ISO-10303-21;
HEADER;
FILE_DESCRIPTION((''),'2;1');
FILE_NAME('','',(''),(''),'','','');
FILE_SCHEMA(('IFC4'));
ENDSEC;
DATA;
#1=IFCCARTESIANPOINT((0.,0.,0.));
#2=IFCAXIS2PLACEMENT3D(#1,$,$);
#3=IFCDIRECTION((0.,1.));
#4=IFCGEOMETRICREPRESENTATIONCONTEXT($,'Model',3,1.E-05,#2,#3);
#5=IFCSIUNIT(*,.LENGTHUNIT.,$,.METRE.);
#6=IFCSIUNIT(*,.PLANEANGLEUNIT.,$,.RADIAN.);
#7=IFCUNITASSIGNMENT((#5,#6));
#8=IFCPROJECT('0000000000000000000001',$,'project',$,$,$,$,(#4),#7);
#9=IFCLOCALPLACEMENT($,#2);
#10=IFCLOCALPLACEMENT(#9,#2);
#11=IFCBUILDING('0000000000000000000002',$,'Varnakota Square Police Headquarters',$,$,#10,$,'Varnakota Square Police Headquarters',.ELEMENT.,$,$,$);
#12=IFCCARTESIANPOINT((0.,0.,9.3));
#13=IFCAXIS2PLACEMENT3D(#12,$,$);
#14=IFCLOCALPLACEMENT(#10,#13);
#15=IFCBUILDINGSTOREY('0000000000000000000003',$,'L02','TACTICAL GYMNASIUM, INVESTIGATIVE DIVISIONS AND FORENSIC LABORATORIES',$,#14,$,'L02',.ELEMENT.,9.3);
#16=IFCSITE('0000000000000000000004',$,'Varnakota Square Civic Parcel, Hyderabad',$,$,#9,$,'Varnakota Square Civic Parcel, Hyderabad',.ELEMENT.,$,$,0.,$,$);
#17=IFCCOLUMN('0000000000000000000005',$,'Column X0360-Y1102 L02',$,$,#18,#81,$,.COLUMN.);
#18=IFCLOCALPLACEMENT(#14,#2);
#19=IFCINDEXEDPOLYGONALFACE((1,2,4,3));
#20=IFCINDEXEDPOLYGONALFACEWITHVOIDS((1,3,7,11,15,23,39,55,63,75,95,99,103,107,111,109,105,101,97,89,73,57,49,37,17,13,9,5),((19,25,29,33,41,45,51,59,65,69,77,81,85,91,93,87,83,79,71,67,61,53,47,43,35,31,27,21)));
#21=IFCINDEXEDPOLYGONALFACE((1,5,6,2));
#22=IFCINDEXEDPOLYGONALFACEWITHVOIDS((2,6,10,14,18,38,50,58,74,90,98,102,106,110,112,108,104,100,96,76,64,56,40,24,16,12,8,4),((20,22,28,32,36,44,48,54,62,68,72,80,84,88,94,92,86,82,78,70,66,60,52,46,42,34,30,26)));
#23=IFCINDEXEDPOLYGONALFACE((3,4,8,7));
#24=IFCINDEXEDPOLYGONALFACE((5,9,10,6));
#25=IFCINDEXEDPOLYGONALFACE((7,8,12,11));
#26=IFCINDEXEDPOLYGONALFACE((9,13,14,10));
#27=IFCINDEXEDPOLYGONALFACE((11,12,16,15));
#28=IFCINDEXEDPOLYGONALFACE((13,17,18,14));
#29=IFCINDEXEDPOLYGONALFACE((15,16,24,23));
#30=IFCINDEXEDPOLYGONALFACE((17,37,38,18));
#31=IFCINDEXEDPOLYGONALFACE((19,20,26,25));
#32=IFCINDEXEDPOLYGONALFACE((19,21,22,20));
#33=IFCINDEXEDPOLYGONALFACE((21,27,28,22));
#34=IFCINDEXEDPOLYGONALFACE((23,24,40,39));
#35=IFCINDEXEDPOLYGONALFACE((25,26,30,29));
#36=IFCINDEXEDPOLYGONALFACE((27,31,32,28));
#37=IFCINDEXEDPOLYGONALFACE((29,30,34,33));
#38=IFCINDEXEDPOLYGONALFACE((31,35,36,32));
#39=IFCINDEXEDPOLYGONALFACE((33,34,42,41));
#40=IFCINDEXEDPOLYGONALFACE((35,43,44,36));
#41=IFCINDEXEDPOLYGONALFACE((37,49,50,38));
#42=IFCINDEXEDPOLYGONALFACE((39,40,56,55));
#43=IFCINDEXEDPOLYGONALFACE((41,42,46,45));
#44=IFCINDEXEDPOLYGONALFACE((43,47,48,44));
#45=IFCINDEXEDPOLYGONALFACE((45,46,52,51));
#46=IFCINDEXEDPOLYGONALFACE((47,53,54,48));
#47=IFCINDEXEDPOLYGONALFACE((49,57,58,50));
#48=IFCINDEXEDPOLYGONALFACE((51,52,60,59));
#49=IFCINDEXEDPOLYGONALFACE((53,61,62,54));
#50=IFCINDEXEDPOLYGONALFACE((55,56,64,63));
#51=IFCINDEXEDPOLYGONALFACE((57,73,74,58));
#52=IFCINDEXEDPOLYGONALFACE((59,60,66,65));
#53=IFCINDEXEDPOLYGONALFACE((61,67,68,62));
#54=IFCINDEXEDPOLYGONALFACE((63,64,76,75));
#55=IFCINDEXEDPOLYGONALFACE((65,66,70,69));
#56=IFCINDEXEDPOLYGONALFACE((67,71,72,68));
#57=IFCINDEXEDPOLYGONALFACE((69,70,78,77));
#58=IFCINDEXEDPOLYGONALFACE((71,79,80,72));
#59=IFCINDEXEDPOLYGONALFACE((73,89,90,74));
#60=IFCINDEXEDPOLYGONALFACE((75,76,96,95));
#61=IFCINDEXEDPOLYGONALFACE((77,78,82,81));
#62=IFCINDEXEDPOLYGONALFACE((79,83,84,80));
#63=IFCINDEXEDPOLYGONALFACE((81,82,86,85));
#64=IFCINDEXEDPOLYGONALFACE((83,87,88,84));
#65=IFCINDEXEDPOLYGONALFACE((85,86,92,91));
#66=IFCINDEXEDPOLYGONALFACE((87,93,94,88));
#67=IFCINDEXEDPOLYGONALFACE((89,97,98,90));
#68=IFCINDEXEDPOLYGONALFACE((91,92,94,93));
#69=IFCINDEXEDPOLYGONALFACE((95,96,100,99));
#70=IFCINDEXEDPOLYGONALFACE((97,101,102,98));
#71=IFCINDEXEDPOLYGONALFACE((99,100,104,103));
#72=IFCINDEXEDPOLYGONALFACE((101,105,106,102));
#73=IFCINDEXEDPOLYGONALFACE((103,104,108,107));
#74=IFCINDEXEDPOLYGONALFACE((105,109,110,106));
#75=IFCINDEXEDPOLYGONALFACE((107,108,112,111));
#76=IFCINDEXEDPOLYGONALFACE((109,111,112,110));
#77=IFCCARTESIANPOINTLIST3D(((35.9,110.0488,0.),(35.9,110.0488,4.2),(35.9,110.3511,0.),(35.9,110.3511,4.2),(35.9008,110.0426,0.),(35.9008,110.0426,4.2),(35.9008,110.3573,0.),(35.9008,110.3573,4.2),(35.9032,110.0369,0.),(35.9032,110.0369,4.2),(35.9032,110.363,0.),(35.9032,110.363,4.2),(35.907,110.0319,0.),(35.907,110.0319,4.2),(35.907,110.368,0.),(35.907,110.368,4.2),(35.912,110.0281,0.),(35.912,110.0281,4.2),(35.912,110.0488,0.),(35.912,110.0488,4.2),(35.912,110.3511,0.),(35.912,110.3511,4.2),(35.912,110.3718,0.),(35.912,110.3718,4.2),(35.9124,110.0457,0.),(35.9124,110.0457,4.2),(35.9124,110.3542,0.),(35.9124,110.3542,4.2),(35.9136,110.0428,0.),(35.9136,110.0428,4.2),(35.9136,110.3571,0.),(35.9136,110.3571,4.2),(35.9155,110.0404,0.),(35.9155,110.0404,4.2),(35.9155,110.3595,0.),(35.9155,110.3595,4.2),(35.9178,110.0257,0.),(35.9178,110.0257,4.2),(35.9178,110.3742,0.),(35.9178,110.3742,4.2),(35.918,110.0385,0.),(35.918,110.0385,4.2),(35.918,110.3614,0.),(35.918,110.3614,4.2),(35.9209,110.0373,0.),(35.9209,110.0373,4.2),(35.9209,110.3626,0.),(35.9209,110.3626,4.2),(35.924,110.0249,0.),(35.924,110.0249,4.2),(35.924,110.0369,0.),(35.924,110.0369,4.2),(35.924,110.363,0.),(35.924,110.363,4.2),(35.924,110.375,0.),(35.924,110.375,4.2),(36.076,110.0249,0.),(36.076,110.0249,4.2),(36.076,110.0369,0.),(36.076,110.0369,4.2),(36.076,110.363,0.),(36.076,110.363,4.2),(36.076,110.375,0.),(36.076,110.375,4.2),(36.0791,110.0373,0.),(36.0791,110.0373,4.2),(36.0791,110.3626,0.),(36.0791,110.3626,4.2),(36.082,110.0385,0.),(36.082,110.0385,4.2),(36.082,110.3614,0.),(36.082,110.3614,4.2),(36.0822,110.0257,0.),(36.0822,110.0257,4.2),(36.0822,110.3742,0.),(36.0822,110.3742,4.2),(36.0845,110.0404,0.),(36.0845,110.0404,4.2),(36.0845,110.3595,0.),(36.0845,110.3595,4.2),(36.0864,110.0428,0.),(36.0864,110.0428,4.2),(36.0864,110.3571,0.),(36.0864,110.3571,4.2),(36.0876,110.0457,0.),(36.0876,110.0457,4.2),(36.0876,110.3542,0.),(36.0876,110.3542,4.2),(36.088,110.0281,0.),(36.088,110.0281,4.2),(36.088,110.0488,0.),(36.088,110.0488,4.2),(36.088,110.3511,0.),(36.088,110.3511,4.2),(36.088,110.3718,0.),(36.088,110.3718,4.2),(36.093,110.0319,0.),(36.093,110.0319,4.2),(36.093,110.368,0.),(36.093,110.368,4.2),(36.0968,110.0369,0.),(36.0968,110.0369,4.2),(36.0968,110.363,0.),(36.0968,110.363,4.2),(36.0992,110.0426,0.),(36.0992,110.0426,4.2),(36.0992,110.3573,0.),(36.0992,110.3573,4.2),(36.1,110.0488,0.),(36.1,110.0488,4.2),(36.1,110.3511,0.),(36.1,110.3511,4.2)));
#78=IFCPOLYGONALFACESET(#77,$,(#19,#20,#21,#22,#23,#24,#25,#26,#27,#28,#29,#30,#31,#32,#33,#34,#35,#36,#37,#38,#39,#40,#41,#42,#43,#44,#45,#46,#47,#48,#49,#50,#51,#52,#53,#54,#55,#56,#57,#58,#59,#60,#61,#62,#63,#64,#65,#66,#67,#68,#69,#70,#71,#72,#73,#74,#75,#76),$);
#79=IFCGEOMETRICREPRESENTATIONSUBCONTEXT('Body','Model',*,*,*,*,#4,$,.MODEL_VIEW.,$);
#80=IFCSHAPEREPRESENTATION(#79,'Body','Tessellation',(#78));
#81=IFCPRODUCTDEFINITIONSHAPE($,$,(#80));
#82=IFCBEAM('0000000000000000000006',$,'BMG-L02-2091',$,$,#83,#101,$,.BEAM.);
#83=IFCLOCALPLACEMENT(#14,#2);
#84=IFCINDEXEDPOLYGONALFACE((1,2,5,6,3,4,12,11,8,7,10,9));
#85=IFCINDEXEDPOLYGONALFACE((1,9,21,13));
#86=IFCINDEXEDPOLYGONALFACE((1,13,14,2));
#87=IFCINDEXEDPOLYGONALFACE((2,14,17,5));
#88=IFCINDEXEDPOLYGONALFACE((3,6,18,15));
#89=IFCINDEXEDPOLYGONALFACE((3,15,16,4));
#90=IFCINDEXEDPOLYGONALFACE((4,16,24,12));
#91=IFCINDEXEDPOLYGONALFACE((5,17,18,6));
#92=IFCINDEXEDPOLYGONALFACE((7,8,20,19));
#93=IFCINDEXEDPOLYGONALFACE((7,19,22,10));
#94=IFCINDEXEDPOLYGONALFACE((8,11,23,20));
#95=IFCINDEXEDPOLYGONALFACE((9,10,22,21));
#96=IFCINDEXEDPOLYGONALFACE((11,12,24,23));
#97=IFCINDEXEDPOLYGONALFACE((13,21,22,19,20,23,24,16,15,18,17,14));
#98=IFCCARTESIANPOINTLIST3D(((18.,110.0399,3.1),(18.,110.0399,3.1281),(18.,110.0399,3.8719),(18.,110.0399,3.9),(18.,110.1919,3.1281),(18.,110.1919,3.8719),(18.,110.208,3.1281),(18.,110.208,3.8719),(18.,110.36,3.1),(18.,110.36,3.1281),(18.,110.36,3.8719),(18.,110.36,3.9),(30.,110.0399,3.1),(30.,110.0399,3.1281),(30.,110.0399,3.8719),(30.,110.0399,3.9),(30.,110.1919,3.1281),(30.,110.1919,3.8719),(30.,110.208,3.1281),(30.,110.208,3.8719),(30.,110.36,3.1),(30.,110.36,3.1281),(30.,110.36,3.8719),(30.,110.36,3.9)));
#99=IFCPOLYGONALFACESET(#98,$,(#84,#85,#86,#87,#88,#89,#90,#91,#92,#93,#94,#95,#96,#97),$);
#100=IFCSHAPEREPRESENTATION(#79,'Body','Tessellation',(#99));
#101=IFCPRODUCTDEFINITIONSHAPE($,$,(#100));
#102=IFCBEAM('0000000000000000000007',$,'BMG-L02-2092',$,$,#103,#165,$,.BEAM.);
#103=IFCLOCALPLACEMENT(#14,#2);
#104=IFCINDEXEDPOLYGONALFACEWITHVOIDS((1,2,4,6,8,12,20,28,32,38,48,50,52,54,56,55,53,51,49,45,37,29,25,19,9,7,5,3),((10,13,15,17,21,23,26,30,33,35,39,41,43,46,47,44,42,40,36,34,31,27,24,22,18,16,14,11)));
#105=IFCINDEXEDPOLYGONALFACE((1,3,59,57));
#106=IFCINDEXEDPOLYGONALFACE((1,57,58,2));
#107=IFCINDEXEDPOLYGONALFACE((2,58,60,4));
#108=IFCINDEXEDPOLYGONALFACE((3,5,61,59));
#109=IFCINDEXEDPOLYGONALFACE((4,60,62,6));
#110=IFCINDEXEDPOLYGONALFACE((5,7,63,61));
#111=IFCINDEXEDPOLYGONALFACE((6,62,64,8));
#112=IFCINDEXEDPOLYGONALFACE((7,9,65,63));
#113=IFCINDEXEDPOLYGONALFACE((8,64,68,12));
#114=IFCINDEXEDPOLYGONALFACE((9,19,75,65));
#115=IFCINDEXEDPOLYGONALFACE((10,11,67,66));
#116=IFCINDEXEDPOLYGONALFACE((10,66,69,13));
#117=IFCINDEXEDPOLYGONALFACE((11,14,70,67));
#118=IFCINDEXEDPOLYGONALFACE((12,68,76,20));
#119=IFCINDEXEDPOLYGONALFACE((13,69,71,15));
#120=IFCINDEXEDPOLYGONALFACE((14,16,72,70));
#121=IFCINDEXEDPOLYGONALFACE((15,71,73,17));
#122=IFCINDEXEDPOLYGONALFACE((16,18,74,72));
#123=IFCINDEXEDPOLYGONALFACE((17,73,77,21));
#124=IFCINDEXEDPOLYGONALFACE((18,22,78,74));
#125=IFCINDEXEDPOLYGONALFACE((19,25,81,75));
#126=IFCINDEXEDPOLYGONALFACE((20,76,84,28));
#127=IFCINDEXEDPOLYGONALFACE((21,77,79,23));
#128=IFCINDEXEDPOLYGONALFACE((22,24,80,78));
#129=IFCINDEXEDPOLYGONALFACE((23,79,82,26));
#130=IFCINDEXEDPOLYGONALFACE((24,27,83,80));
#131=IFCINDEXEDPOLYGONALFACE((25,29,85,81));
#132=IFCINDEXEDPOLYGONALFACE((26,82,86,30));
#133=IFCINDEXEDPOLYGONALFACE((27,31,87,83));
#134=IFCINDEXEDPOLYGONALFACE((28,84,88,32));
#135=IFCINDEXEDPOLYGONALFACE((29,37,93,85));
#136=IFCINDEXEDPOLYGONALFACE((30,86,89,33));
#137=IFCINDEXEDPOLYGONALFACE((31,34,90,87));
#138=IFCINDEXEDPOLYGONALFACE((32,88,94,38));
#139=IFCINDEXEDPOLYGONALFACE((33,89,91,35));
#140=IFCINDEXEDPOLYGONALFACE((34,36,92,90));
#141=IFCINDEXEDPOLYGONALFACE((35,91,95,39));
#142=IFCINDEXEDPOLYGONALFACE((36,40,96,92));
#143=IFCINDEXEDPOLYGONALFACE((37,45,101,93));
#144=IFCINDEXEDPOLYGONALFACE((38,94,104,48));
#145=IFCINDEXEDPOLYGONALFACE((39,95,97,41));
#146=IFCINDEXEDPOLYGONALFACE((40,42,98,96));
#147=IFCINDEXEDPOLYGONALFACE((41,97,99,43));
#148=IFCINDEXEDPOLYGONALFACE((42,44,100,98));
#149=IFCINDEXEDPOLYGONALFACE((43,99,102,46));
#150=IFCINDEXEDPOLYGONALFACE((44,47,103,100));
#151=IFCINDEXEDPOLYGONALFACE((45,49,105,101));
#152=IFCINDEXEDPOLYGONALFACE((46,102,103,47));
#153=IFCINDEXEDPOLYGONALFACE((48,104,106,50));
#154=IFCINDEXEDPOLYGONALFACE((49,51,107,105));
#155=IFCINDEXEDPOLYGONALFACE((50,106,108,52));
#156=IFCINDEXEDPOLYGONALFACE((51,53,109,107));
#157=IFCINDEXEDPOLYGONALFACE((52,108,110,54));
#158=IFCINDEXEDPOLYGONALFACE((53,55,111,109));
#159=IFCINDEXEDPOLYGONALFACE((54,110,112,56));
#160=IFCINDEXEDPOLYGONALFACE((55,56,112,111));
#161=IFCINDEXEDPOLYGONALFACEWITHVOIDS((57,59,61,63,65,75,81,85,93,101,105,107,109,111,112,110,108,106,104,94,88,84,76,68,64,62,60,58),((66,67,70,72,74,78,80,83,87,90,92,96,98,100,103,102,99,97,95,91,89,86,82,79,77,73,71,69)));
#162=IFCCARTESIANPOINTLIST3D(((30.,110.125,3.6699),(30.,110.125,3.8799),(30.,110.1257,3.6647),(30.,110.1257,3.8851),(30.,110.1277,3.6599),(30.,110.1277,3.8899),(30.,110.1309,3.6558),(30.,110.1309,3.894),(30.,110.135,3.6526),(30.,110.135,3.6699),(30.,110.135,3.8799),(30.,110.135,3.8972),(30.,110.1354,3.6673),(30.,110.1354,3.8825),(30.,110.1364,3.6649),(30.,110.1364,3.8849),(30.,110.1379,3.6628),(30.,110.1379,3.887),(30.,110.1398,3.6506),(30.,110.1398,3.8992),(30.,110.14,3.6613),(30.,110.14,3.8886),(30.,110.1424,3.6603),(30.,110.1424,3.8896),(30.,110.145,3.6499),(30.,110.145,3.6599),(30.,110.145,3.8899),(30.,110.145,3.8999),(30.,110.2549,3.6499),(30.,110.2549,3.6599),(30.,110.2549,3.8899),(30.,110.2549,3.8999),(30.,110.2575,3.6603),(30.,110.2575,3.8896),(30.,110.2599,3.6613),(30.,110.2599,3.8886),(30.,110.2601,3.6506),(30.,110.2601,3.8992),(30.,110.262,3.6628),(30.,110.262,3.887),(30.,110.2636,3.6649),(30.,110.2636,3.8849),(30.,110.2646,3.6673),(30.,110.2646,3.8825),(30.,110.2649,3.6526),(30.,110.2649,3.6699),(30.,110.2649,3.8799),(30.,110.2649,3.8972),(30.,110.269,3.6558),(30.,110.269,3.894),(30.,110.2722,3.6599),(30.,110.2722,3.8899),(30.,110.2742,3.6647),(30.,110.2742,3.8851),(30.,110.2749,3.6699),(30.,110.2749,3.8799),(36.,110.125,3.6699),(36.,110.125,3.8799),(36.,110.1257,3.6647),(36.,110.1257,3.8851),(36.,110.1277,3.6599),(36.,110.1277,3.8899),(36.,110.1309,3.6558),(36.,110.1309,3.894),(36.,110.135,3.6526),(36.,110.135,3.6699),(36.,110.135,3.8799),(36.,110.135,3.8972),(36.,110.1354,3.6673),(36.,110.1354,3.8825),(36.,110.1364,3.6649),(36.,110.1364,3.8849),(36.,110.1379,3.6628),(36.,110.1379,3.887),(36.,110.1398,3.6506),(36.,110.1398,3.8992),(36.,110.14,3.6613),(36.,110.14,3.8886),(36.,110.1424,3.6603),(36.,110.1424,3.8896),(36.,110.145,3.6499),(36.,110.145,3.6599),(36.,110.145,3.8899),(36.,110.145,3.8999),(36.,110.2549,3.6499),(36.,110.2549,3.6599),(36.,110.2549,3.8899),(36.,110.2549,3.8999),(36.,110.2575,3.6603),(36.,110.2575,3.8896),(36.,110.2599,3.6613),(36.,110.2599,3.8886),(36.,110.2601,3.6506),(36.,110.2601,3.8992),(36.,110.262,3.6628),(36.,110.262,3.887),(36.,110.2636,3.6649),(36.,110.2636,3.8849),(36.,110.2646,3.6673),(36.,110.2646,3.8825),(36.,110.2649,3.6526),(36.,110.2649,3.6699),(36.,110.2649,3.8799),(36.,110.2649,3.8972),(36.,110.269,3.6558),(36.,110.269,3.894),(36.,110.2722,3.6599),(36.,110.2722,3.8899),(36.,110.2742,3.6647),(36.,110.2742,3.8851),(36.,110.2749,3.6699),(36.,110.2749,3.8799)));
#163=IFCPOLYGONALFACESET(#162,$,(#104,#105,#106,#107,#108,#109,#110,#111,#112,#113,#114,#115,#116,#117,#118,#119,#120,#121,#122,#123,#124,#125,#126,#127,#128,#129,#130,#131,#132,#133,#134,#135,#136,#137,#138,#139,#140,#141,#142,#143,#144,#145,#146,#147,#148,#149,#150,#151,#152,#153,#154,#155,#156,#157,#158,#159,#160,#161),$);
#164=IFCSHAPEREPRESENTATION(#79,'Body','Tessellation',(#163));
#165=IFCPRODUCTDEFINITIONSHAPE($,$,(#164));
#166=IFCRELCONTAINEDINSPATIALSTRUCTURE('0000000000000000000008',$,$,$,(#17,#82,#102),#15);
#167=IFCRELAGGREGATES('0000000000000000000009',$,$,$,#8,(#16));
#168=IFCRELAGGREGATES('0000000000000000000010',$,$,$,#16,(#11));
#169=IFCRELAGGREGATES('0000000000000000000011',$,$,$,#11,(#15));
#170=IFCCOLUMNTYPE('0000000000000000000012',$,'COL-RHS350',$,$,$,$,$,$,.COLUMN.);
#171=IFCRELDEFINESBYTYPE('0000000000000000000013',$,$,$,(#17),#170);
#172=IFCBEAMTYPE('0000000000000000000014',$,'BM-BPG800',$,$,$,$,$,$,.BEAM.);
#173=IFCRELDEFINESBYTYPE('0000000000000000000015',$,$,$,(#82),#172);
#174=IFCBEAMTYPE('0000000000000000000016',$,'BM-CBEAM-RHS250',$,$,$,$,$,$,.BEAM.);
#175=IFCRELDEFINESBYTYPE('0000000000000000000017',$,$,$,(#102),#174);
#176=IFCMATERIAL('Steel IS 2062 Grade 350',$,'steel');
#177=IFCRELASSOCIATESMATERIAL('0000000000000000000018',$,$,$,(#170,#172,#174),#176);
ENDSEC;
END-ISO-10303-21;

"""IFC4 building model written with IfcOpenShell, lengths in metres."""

from ifc_helpers import new_model, si_unit, direction, frame, origin, origin_2d, place, context, subcontext, project, spatial, hollow_rectangle, i_section, extrude, material, material_profile, profile_set, type_object, element, save


model = new_model("IFC4")

# Units and contexts
model_context = context("Model", 3, precision=1e-05, world=origin(), true_north=direction((0.0, 1.0)))
body_context = subcontext(model_context, "Body", "Model", "MODEL_VIEW")
ifc_project = project(units=[si_unit("LENGTHUNIT", "METRE"), si_unit("PLANEANGLEUNIT", "RADIAN")], contexts=[model_context])

# Site, building, storey
site_placement = place(None, origin())
site = spatial("IfcSite", under=ifc_project, at=site_placement, Name="Varnakota Square Civic Parcel, Hyderabad", LongName="Varnakota Square Civic Parcel, Hyderabad", CompositionType="ELEMENT", RefElevation=0.0)
building_placement = place(site_placement, origin())
building = spatial("IfcBuilding", under=site, at=building_placement, Name="Varnakota Square Police Headquarters", LongName="Varnakota Square Police Headquarters", CompositionType="ELEMENT")
storey_placement = place(building_placement, frame((0.0, 0.0, 9.3)))
storey = spatial("IfcBuildingStorey", under=building, at=storey_placement, Name="L02", Description="TACTICAL GYMNASIUM, INVESTIGATIVE DIVISIONS AND FORENSIC LABORATORIES", LongName="L02", CompositionType="ELEMENT", Elevation=9.3)

# Column
ifc_material_1 = material(Name="Steel IS 2062 Grade 350", Category="steel")
ifc_material_profile_1 = material_profile(ifc_material_1, hollow_rectangle(XDim=0.2, YDim=0.3501, WallThickness=0.012, InnerFilletRadius=0.012, OuterFilletRadius=0.0239, at=origin_2d()), Name="RHS 350x200x12")
ifc_profile_set_1 = profile_set([ifc_material_profile_1], Name="Steel IS 2062 Grade 350")
column_type_1 = type_object("IfcColumnType", Name="COL-RHS350", PredefinedType="COLUMN", material=ifc_profile_set_1)
for number, where, z_axis, x_axis, name in (
    (1, (36.0, 110.2, 0.0), (0.0, 0.0, 1.0), (1.0, 0.0, 0.0), "Column X0360-Y1102 L02"),
):
    element("IfcColumn", number, at=place(storey_placement, frame(where, z_axis=z_axis, x_axis=x_axis)), inside=storey, type_object=column_type_1, Name=name, PredefinedType="COLUMN", context=body_context, shape_type="SweptSolid", body=[
        extrude(hollow_rectangle(XDim=0.2, YDim=0.3501, WallThickness=0.012, InnerFilletRadius=0.012, OuterFilletRadius=0.0239, at=origin_2d()), origin(), (0.0, 0.0, 1.0), 4.2),
    ])

# Beams
ifc_material_profile_2 = material_profile(ifc_material_1, i_section(OverallWidth=0.3201, OverallDepth=0.8, WebThickness=0.0161, FlangeThickness=0.0281, at=origin_2d()), Name="BPG 800x320")
ifc_profile_set_2 = profile_set([ifc_material_profile_2], Name="Steel IS 2062 Grade 350")
beam_type_1 = type_object("IfcBeamType", Name="BM-BPG800", PredefinedType="BEAM", material=ifc_profile_set_2)
beam_1_placement = place(storey_placement, frame((18.0, 110.2, 3.5), z_axis=(1.0, 0.0, 0.0), x_axis=(0.0, 1.0, 0.0)))
element("IfcBeam", 2, at=beam_1_placement, inside=storey, type_object=beam_type_1, Name="BMG-L02-2091", PredefinedType="BEAM", context=body_context, shape_type="SweptSolid", body=[
    extrude(i_section(OverallWidth=0.3201, OverallDepth=0.8, WebThickness=0.0161, FlangeThickness=0.0281, at=origin_2d()), origin(), (0.0, 0.0, 1.0), 12.0),
])
ifc_material_profile_3 = material_profile(ifc_material_1, hollow_rectangle(XDim=0.1499, YDim=0.25, WallThickness=0.01, InnerFilletRadius=0.01, OuterFilletRadius=0.02, at=origin_2d()), Name="RHS 250x150x10")
ifc_profile_set_3 = profile_set([ifc_material_profile_3], Name="Steel IS 2062 Grade 350")
beam_type_2 = type_object("IfcBeamType", Name="BM-CBEAM-RHS250", PredefinedType="BEAM", material=ifc_profile_set_3)
beam_2_placement = place(storey_placement, frame((30.0, 110.2, 3.7749), z_axis=(1.0, 0.0, 0.0), x_axis=(0.0, 1.0, 0.0)))
element("IfcBeam", 3, at=beam_2_placement, inside=storey, type_object=beam_type_2, Name="BMG-L02-2092", PredefinedType="BEAM", context=body_context, shape_type="SweptSolid", body=[
    extrude(hollow_rectangle(XDim=0.1499, YDim=0.25, WallThickness=0.01, InnerFilletRadius=0.01, OuterFilletRadius=0.02, at=origin_2d()), origin(), (0.0, 0.0, 1.0), 6.0),
])

save(model, "model.ifc")
